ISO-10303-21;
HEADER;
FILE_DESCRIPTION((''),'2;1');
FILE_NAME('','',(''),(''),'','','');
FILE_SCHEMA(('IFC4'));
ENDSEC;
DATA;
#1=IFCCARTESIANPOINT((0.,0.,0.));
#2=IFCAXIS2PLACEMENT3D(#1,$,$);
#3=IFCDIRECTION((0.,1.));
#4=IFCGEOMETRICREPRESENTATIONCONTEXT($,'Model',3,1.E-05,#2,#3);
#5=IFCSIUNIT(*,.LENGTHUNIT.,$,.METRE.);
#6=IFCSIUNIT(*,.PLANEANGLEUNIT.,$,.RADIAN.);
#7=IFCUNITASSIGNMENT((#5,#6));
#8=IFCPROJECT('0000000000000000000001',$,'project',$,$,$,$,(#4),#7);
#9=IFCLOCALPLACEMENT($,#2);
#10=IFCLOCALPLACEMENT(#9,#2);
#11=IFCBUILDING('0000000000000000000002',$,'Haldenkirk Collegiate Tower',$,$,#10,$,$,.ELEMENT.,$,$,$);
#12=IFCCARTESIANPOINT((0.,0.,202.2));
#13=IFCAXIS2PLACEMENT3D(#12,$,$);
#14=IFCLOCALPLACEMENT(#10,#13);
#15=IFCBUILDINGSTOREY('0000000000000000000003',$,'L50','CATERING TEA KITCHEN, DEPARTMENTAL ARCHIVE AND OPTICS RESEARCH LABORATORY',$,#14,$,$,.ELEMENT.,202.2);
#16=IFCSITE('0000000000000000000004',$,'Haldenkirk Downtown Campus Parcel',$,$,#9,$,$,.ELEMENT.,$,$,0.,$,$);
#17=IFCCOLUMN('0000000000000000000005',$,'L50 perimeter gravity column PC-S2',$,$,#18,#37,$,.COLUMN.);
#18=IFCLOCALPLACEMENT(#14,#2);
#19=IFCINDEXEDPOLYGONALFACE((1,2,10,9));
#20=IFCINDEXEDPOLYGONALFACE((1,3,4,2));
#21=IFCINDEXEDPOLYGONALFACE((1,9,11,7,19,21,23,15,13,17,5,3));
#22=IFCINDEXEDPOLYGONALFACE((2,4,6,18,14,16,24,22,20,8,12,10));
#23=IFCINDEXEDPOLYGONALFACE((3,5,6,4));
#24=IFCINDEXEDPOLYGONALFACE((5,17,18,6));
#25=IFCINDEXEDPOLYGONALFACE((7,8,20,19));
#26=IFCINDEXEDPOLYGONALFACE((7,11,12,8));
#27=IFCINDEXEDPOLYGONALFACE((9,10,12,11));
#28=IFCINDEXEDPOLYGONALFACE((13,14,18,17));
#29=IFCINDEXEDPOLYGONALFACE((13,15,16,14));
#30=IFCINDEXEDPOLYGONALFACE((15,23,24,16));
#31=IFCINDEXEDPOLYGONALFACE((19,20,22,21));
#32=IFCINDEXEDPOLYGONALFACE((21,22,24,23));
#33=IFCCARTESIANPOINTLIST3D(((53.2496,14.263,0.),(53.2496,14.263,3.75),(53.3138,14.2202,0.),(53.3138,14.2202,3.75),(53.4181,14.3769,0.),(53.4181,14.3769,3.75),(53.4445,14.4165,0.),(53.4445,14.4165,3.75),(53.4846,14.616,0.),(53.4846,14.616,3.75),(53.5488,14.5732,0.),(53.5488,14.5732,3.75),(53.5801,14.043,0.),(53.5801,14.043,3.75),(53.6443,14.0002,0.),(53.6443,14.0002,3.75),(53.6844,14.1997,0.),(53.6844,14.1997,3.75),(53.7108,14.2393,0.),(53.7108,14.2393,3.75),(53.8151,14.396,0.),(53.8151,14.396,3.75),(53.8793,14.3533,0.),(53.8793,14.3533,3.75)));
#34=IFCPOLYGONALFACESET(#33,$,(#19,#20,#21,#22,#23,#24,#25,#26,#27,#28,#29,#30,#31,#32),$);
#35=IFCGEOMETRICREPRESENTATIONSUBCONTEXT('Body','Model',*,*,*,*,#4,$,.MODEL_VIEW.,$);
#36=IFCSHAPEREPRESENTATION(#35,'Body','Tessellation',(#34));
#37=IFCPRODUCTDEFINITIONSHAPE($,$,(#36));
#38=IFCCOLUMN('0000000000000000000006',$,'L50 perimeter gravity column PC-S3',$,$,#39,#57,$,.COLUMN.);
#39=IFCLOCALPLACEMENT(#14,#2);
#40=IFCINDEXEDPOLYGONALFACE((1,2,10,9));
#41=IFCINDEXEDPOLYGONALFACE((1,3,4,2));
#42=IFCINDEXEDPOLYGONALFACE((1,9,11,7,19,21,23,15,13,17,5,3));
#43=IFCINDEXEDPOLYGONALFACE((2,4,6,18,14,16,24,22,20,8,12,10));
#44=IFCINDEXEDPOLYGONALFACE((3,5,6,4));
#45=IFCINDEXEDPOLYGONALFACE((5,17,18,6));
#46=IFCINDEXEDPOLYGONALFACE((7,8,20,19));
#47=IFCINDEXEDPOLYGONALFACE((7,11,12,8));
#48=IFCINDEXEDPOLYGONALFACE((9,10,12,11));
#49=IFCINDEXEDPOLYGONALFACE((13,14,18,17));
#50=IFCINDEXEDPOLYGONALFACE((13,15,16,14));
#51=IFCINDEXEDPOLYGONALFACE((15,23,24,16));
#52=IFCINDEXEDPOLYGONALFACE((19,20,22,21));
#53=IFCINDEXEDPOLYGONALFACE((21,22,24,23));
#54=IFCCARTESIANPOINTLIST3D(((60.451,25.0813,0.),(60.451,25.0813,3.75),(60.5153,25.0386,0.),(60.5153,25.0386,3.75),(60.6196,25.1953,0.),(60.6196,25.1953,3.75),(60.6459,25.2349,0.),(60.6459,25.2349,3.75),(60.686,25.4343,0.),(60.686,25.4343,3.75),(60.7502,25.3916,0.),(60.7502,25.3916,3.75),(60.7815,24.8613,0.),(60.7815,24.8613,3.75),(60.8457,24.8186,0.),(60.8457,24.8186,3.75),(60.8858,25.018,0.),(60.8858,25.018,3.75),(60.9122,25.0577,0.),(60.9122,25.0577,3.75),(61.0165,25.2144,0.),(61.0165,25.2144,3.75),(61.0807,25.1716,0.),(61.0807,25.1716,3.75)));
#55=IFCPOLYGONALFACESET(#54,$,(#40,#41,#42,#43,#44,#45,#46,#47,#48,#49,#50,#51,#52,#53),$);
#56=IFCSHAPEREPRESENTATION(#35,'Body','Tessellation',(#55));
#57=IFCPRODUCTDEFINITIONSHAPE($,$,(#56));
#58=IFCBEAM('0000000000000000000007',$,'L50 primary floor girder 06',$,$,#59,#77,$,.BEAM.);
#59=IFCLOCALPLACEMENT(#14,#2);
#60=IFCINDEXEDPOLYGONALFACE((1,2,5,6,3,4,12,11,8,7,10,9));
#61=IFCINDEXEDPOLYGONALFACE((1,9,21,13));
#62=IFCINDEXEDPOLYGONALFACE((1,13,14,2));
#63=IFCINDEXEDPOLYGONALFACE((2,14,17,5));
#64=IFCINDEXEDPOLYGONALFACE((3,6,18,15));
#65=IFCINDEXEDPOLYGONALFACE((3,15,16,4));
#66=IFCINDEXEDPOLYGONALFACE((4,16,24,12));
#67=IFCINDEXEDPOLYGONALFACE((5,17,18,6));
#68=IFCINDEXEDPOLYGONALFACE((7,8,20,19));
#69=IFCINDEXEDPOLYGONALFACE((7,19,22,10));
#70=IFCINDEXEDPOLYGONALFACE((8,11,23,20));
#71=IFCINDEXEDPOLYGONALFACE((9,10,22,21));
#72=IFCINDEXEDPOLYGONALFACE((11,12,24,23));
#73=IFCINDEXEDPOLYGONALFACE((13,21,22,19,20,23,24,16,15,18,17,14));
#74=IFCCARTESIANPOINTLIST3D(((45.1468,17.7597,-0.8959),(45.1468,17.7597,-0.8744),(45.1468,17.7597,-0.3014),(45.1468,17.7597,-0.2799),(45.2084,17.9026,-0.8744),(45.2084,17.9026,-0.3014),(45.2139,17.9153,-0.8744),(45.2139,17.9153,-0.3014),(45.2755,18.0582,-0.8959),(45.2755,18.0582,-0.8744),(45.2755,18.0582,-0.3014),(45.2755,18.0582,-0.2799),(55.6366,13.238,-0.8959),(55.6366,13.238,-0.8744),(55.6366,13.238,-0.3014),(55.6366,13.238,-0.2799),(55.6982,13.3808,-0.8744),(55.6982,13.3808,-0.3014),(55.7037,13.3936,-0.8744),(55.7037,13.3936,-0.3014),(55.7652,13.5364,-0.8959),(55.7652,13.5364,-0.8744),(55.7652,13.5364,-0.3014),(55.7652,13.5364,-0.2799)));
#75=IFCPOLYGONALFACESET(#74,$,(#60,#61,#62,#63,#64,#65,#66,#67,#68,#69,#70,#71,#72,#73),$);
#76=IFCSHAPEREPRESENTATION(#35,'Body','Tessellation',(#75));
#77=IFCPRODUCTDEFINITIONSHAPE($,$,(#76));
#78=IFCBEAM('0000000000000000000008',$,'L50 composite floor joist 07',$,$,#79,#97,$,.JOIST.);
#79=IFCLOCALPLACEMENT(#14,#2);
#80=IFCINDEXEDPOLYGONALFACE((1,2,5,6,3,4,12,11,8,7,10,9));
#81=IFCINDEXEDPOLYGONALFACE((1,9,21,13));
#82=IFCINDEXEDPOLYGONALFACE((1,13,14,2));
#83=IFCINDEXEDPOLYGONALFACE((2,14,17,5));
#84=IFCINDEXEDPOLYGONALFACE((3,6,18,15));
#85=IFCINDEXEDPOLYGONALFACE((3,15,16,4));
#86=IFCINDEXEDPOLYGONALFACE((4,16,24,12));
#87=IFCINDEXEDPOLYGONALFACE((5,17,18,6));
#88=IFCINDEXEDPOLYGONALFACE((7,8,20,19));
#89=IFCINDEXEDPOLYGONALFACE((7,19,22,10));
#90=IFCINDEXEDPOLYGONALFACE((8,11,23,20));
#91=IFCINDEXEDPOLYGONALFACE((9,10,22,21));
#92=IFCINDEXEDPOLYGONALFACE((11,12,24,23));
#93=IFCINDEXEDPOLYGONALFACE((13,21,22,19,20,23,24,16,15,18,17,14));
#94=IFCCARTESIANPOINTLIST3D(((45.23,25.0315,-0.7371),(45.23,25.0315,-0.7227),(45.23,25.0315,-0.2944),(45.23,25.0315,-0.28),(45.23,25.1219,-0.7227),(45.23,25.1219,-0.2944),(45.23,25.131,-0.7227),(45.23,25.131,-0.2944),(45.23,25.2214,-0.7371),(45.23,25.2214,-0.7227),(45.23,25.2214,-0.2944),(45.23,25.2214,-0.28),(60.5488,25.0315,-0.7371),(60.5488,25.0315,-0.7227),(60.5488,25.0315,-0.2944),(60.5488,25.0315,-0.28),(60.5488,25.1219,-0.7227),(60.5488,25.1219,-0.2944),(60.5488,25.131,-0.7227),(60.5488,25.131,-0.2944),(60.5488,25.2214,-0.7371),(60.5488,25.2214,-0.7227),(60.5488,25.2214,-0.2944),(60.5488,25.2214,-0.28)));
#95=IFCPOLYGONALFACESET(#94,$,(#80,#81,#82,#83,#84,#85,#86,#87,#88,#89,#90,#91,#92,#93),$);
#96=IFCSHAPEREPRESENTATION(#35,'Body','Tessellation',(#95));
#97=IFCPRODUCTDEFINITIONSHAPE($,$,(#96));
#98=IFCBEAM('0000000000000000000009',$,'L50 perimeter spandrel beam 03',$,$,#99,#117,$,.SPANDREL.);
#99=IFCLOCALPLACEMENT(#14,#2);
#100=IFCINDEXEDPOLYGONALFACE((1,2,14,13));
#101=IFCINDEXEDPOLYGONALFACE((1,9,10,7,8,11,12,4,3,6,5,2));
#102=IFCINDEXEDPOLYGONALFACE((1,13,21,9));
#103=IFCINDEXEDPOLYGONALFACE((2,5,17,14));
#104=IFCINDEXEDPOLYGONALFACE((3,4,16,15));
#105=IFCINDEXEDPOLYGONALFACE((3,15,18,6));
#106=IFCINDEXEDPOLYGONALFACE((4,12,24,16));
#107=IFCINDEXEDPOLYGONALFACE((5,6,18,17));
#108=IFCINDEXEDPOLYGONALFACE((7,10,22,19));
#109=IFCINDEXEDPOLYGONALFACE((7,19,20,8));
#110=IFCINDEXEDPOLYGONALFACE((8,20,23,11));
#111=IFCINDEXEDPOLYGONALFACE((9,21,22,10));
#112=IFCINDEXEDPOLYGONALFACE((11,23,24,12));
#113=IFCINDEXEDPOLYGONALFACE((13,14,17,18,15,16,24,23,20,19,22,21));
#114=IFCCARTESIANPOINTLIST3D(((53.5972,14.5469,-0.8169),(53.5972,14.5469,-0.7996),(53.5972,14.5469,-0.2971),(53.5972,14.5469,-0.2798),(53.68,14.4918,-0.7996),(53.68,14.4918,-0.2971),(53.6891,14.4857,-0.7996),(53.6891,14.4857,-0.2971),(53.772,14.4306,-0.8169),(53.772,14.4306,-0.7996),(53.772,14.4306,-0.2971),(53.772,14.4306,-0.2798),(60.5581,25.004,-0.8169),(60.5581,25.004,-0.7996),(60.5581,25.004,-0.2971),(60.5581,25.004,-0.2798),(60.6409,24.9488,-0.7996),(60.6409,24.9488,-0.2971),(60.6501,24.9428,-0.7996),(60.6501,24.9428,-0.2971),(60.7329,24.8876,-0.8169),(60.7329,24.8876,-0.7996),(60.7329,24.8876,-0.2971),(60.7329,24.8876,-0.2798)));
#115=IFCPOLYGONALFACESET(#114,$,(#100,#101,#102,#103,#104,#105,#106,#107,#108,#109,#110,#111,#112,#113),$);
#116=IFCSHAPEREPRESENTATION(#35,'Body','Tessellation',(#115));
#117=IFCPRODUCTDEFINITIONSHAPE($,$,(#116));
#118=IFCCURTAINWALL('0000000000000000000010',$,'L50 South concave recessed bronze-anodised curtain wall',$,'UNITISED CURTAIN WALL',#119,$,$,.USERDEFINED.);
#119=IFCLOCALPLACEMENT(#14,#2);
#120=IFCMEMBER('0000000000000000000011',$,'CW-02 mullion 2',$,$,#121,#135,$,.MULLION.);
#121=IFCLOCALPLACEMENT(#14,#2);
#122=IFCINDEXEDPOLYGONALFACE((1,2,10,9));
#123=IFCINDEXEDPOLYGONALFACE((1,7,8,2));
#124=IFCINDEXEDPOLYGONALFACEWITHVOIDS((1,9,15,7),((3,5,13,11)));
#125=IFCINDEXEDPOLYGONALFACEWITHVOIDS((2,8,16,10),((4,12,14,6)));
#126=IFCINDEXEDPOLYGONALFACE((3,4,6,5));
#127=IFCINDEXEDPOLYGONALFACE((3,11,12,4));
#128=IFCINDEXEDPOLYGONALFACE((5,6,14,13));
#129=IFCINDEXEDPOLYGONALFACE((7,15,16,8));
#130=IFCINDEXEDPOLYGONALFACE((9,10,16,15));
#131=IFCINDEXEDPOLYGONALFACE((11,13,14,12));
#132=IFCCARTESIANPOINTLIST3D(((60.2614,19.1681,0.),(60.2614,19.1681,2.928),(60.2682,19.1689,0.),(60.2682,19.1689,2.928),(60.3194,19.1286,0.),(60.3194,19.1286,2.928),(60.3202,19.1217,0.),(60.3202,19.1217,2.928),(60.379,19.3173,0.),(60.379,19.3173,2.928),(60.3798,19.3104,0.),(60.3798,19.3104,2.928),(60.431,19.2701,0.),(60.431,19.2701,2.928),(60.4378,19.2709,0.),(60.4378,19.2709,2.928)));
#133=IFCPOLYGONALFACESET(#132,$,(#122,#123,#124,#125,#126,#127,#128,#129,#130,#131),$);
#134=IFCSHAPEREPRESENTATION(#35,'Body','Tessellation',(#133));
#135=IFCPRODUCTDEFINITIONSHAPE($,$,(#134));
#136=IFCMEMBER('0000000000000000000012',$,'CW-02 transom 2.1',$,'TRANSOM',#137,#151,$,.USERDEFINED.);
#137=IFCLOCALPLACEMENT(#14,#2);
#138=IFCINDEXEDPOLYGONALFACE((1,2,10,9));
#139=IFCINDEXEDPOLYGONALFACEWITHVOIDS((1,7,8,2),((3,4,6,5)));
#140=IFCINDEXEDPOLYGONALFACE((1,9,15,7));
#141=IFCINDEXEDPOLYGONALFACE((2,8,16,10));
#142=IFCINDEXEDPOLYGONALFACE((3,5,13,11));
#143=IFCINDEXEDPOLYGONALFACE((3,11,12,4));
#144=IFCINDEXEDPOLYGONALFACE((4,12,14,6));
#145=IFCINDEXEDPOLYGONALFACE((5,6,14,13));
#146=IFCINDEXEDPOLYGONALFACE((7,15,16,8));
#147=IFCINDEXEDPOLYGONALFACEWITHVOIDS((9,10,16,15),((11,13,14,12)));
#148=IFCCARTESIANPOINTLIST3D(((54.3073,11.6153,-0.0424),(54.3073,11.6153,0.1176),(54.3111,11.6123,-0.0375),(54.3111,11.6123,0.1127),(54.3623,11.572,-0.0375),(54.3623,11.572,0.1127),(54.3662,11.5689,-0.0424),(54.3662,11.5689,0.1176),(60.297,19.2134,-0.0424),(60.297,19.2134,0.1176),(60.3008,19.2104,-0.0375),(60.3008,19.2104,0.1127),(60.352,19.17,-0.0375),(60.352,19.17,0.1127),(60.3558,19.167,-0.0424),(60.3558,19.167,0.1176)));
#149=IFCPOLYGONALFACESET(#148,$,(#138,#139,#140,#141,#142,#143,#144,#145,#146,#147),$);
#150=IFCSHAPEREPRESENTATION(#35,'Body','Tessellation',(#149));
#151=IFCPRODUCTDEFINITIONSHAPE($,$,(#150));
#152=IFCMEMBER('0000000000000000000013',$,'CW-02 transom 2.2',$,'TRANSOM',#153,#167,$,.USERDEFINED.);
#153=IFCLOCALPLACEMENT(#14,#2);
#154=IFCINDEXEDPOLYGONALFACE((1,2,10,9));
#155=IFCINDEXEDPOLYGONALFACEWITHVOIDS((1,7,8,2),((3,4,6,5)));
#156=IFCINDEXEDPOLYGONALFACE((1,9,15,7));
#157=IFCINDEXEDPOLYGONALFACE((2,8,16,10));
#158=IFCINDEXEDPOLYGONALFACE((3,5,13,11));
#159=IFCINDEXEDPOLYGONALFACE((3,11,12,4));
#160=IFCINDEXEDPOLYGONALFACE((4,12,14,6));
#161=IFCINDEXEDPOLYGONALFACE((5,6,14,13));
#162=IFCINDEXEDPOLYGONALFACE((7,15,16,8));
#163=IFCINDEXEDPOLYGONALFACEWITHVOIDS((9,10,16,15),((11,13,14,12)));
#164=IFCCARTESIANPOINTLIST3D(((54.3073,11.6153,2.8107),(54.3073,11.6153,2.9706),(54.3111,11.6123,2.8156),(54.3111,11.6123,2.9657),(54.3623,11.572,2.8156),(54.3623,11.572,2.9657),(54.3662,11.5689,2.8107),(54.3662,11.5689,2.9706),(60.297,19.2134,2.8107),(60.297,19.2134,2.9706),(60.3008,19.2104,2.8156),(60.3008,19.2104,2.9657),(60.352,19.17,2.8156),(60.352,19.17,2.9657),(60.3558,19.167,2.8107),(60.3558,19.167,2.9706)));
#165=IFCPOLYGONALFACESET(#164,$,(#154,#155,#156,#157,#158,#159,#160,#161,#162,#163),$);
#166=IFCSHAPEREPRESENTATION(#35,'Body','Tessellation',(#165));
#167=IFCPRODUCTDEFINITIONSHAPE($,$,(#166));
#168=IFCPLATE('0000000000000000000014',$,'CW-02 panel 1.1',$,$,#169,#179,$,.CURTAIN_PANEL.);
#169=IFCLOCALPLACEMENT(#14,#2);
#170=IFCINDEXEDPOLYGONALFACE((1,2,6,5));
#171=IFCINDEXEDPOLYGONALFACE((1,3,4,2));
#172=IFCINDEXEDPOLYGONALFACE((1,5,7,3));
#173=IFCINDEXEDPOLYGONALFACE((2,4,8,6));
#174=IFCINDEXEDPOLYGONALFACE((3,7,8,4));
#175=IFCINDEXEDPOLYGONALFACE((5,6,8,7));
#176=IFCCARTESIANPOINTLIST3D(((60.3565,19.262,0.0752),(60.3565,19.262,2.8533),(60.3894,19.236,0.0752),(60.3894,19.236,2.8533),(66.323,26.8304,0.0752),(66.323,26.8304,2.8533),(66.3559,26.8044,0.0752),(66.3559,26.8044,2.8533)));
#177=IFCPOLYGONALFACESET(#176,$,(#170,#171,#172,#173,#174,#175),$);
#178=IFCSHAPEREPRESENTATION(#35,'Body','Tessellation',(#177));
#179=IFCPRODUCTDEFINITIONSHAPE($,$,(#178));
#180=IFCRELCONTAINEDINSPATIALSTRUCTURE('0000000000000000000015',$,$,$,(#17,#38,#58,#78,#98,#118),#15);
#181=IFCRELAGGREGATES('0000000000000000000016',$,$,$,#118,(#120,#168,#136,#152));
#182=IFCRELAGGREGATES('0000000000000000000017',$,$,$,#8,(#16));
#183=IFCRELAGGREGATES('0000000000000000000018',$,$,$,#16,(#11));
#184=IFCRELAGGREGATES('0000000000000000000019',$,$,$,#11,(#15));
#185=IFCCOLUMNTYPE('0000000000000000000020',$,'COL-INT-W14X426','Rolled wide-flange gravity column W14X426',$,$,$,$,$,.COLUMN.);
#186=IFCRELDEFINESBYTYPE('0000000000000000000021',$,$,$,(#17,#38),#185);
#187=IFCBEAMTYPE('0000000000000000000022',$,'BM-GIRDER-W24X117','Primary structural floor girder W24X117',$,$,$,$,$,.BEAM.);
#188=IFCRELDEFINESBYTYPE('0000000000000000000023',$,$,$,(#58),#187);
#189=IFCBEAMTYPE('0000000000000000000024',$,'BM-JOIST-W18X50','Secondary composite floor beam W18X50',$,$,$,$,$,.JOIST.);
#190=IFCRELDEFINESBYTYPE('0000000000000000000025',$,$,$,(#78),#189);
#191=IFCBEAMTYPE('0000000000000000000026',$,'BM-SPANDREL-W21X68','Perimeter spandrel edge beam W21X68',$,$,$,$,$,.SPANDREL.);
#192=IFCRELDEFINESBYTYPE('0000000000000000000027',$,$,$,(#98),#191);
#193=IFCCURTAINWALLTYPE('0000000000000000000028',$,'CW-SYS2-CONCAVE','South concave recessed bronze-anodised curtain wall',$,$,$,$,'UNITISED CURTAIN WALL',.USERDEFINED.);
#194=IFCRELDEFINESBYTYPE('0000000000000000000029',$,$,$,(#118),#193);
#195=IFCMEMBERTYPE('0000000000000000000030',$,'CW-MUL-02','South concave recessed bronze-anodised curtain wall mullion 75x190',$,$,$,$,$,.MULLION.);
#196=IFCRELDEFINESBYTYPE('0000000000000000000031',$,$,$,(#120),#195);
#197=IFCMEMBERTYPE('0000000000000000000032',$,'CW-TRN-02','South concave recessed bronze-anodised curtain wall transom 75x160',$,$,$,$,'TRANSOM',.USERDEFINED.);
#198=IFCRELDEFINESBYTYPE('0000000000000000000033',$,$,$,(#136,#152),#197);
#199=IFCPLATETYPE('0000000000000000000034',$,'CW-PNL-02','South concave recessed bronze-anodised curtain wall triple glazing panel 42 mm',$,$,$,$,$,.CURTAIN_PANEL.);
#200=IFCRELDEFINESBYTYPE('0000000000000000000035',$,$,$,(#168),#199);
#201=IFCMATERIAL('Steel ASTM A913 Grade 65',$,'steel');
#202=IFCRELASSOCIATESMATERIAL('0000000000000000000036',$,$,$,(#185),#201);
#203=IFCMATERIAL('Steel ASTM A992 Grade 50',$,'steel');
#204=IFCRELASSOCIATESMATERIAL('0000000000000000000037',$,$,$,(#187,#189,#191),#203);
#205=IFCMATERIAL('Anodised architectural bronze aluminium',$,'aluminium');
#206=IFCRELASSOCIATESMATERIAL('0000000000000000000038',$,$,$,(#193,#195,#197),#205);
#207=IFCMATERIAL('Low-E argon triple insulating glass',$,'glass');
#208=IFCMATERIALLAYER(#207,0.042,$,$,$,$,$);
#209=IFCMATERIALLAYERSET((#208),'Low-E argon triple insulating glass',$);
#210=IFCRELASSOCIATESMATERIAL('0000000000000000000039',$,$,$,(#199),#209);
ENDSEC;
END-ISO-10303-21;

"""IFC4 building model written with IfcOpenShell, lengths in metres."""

from ifc_helpers import new_model, si_unit, direction, frame, origin, origin_2d, place, context, subcontext, project, spatial, rectangle, hollow_rectangle, i_section, extrude, source, transform, mapped, material, layer, layer_set, material_profile, profile_set, type_object, element, aggregate, save


model = new_model("IFC4")

# Units and contexts
model_context = context("Model", 3, precision=1e-05, world=origin(), true_north=direction((0.0, 1.0)))
body_context = subcontext(model_context, "Body", "Model", "MODEL_VIEW")
ifc_project = project(units=[si_unit("LENGTHUNIT", "METRE"), si_unit("PLANEANGLEUNIT", "RADIAN")], contexts=[model_context])

# Site, building, storey
site_placement = place(None, origin())
site = spatial("IfcSite", under=ifc_project, at=site_placement, Name="Haldenkirk Downtown Campus Parcel", CompositionType="ELEMENT", RefElevation=0.0)
building_placement = place(site_placement, origin())
building = spatial("IfcBuilding", under=site, at=building_placement, Name="Haldenkirk Collegiate Tower", CompositionType="ELEMENT")
storey_placement = place(building_placement, frame((0.0, 0.0, 202.2)))
storey = spatial("IfcBuildingStorey", under=building, at=storey_placement, Name="L50", Description="CATERING TEA KITCHEN, DEPARTMENTAL ARCHIVE AND OPTICS RESEARCH LABORATORY", CompositionType="ELEMENT", Elevation=202.2)

# Columns
ifc_material_1 = material(Name="Steel ASTM A913 Grade 65", Category="steel")
ifc_material_profile_1 = material_profile(ifc_material_1, i_section(OverallWidth=0.4241, OverallDepth=0.4741, WebThickness=0.0476, FlangeThickness=0.0771, at=origin_2d()), Name="W14X426")
ifc_profile_set_1 = profile_set([ifc_material_profile_1], Name="Steel ASTM A913 Grade 65")
column_type = type_object("IfcColumnType", Name="COL-INT-W14X426", Description="Rolled wide-flange gravity column W14X426", PredefinedType="COLUMN", material=ifc_profile_set_1)
for number, where, z_axis, x_axis, name in (
    (1, (53.5645, 14.3081, 0.0), (0.0, 0.0, 1.0), (0.554118, 0.832438, 0.0), "L50 perimeter gravity column PC-S2"),
    (2, (60.7659, 25.1265, 0.0), (0.0, 0.0, 1.0), (0.554118, 0.832438, 0.0), "L50 perimeter gravity column PC-S3"),
):
    element("IfcColumn", number, at=place(storey_placement, frame(where, z_axis=z_axis, x_axis=x_axis)), inside=storey, type_object=column_type, Name=name, PredefinedType="COLUMN", context=body_context, shape_type="SweptSolid", body=[
        extrude(i_section(OverallWidth=0.4241, OverallDepth=0.4741, WebThickness=0.0476, FlangeThickness=0.0771, at=origin_2d()), origin(), (0.0, 0.0, 1.0), 3.75),
    ])

# Beams
ifc_material_2 = material(Name="Steel ASTM A992 Grade 50", Category="steel")
ifc_material_profile_2 = material_profile(ifc_material_2, i_section(OverallWidth=0.325, OverallDepth=0.616, WebThickness=0.0139, FlangeThickness=0.0215, at=origin_2d()), Name="W24X117")
ifc_profile_set_2 = profile_set([ifc_material_profile_2], Name="Steel ASTM A992 Grade 50")
beam_type_1 = type_object("IfcBeamType", Name="BM-GIRDER-W24X117", Description="Primary structural floor girder W24X117", PredefinedType="BEAM", material=ifc_profile_set_2)
beam_1_placement = place(storey_placement, frame((55.7009, 13.3872, -0.5879), z_axis=(-0.918315, 0.39585, 0.0), x_axis=(-0.39585, -0.918315, 0.0)))
element("IfcBeam", 3, at=beam_1_placement, inside=storey, type_object=beam_type_1, Name="L50 primary floor girder 06", PredefinedType="BEAM", context=body_context, shape_type="SweptSolid", body=[
    extrude(i_section(OverallWidth=0.325, OverallDepth=0.616, WebThickness=0.0139, FlangeThickness=0.0215, at=origin_2d()), origin(), (0.0, 0.0, 1.0), 11.4229),
])
ifc_material_profile_3 = material_profile(ifc_material_2, i_section(OverallWidth=0.1899, OverallDepth=0.457, WebThickness=0.009, FlangeThickness=0.0144, at=origin_2d()), Name="W18X50")
ifc_profile_set_3 = profile_set([ifc_material_profile_3], Name="Steel ASTM A992 Grade 50")
beam_type_2 = type_object("IfcBeamType", Name="BM-JOIST-W18X50", Description="Secondary composite floor beam W18X50", PredefinedType="JOIST", material=ifc_profile_set_3)
beam_2_placement = place(storey_placement, frame((60.5488, 25.1265, -0.5085), z_axis=(-1.0, 0.0, 0.0), x_axis=(0.0, -1.0, 0.0)))
element("IfcBeam", 4, at=beam_2_placement, inside=storey, type_object=beam_type_2, Name="L50 composite floor joist 07", PredefinedType="JOIST", context=body_context, shape_type="SweptSolid", body=[
    extrude(i_section(OverallWidth=0.1899, OverallDepth=0.457, WebThickness=0.009, FlangeThickness=0.0144, at=origin_2d()), origin(), (0.0, 0.0, 1.0), 15.3188),
])
ifc_material_profile_4 = material_profile(ifc_material_2, i_section(OverallWidth=0.21, OverallDepth=0.5371, WebThickness=0.011, FlangeThickness=0.0173, at=origin_2d()), Name="W21X68")
ifc_profile_set_4 = profile_set([ifc_material_profile_4], Name="Steel ASTM A992 Grade 50")
beam_type_3 = type_object("IfcBeamType", Name="BM-SPANDREL-W21X68", Description="Perimeter spandrel edge beam W21X68", PredefinedType="SPANDREL", material=ifc_profile_set_4)
beam_3_placement = place(storey_placement, frame((53.6846, 14.4888, -0.5483), z_axis=(0.554126, 0.832433, 0.0), x_axis=(-0.832433, 0.554126, 0.0)))
element("IfcBeam", 5, at=beam_3_placement, inside=storey, type_object=beam_type_3, Name="L50 perimeter spandrel beam 03", PredefinedType="SPANDREL", context=body_context, shape_type="SweptSolid", body=[
    extrude(i_section(OverallWidth=0.21, OverallDepth=0.5371, WebThickness=0.011, FlangeThickness=0.0173, at=origin_2d()), origin(), (0.0, 0.0, 1.0), 12.562),
])

# Curtain wall, members, plate
ifc_material_3 = material(Name="Anodised architectural bronze aluminium", Category="aluminium")
curtain_wall_type = type_object("IfcCurtainWallType", Name="CW-SYS2-CONCAVE", Description="South concave recessed bronze-anodised curtain wall", ElementType="UNITISED CURTAIN WALL", PredefinedType="USERDEFINED", material=ifc_material_3)
curtain_wall_placement = place(storey_placement, origin())
curtain_wall = element("IfcCurtainWall", 6, at=curtain_wall_placement, inside=storey, type_object=curtain_wall_type, Name="L50 South concave recessed bronze-anodised curtain wall", ObjectType="UNITISED CURTAIN WALL", PredefinedType="USERDEFINED")
ifc_material_profile_5 = material_profile(ifc_material_3, hollow_rectangle(XDim=0.075, YDim=0.1899, WallThickness=0.0049, at=origin_2d()), Name="CW-MUL-02")
ifc_profile_set_5 = profile_set([ifc_material_profile_5], Name="Anodised architectural bronze aluminium")
member_type_1 = type_object("IfcMemberType", Name="CW-MUL-02", Description="South concave recessed bronze-anodised curtain wall mullion 75x190", PredefinedType="MULLION", material=ifc_profile_set_5)
member_1_placement = place(storey_placement, frame((60.3496, 19.2195, 0.0), z_axis=(0.0, 0.0, 1.0), x_axis=(0.785317, -0.619094, 0.0)))
member_1 = element("IfcMember", 7, at=member_1_placement, type_object=member_type_1, Name="CW-02 mullion 2", PredefinedType="MULLION", context=body_context, shape_type="SweptSolid", body=[
    extrude(hollow_rectangle(XDim=0.075, YDim=0.1899, WallThickness=0.0049, at=origin_2d()), origin(), (0.0, 0.0, 1.0), 2.928),
])
ifc_material_profile_6 = material_profile(ifc_material_3, hollow_rectangle(XDim=0.075, YDim=0.1599, WallThickness=0.0049, at=origin_2d()), Name="CW-TRN-02")
ifc_profile_set_6 = profile_set([ifc_material_profile_6], Name="Anodised architectural bronze aluminium")
member_type_2 = type_object("IfcMemberType", Name="CW-TRN-02", Description="South concave recessed bronze-anodised curtain wall transom 75x160", ElementType="TRANSOM", PredefinedType="USERDEFINED", material=ifc_profile_set_6)
member_2_placement = place(storey_placement, frame((60.3264, 19.1902, 0.0376), z_axis=(-0.619085, -0.785324, 0.0), x_axis=(0.785324, -0.619085, 0.0)))
member_2 = element("IfcMember", 8, at=member_2_placement, type_object=member_type_2, Name="CW-02 transom 2.1", ObjectType="TRANSOM", PredefinedType="USERDEFINED", context=body_context, shape_type="SweptSolid", body=[
    extrude(hollow_rectangle(XDim=0.075, YDim=0.1599, WallThickness=0.0049, at=origin_2d()), origin(), (0.0, 0.0, 1.0), 9.675),
])
member_3_placement = place(storey_placement, frame((60.3264, 19.1902, 2.8906), z_axis=(-0.619085, -0.785324, 0.0), x_axis=(0.785324, -0.619085, 0.0)))
member_3 = element("IfcMember", 9, at=member_3_placement, type_object=member_type_2, Name="CW-02 transom 2.2", ObjectType="TRANSOM", PredefinedType="USERDEFINED", context=body_context, shape_type="SweptSolid", body=[
    extrude(hollow_rectangle(XDim=0.075, YDim=0.1599, WallThickness=0.0049, at=origin_2d()), origin(), (0.0, 0.0, 1.0), 9.675),
])
ifc_material_4 = material(Name="Low-E argon triple insulating glass", Category="glass")
ifc_layer_1 = layer(ifc_material_4, 0.042)
ifc_layer_set_1 = layer_set([ifc_layer_1], Name="Low-E argon triple insulating glass")
plate_type = type_object("IfcPlateType", Name="CW-PNL-02", Description="South concave recessed bronze-anodised curtain wall triple glazing panel 42 mm", PredefinedType="CURTAIN_PANEL", material=ifc_layer_set_1)
shared_shape_1 = source(origin(), body_context, "Body", "SweptSolid", [
    extrude(rectangle(XDim=9.6375, YDim=0.042, at=origin_2d()), origin(), (0.0, 0.0, 1.0), 2.7781),
])
plate_1_placement = place(storey_placement, frame((63.3562, 23.0332, 0.0752), z_axis=(0.0, 0.0, 1.0), x_axis=(-0.619094, -0.785317, 0.0)))
plate_1 = element("IfcPlate", 10, at=plate_1_placement, type_object=plate_type, Name="CW-02 panel 1.1", PredefinedType="CURTAIN_PANEL", context=body_context, shape_type="MappedRepresentation", body=[
    mapped(shared_shape_1, transform((0.0, 0.0, 0.0), x_axis=(1.0, 0.0, 0.0), y_axis=(0.0, 1.0, 0.0), z_axis=(0.0, 0.0, 1.0), scale=1.0)),
])
aggregate(curtain_wall, [member_1, plate_1, member_2, member_3])

save(model, "model.ifc")
